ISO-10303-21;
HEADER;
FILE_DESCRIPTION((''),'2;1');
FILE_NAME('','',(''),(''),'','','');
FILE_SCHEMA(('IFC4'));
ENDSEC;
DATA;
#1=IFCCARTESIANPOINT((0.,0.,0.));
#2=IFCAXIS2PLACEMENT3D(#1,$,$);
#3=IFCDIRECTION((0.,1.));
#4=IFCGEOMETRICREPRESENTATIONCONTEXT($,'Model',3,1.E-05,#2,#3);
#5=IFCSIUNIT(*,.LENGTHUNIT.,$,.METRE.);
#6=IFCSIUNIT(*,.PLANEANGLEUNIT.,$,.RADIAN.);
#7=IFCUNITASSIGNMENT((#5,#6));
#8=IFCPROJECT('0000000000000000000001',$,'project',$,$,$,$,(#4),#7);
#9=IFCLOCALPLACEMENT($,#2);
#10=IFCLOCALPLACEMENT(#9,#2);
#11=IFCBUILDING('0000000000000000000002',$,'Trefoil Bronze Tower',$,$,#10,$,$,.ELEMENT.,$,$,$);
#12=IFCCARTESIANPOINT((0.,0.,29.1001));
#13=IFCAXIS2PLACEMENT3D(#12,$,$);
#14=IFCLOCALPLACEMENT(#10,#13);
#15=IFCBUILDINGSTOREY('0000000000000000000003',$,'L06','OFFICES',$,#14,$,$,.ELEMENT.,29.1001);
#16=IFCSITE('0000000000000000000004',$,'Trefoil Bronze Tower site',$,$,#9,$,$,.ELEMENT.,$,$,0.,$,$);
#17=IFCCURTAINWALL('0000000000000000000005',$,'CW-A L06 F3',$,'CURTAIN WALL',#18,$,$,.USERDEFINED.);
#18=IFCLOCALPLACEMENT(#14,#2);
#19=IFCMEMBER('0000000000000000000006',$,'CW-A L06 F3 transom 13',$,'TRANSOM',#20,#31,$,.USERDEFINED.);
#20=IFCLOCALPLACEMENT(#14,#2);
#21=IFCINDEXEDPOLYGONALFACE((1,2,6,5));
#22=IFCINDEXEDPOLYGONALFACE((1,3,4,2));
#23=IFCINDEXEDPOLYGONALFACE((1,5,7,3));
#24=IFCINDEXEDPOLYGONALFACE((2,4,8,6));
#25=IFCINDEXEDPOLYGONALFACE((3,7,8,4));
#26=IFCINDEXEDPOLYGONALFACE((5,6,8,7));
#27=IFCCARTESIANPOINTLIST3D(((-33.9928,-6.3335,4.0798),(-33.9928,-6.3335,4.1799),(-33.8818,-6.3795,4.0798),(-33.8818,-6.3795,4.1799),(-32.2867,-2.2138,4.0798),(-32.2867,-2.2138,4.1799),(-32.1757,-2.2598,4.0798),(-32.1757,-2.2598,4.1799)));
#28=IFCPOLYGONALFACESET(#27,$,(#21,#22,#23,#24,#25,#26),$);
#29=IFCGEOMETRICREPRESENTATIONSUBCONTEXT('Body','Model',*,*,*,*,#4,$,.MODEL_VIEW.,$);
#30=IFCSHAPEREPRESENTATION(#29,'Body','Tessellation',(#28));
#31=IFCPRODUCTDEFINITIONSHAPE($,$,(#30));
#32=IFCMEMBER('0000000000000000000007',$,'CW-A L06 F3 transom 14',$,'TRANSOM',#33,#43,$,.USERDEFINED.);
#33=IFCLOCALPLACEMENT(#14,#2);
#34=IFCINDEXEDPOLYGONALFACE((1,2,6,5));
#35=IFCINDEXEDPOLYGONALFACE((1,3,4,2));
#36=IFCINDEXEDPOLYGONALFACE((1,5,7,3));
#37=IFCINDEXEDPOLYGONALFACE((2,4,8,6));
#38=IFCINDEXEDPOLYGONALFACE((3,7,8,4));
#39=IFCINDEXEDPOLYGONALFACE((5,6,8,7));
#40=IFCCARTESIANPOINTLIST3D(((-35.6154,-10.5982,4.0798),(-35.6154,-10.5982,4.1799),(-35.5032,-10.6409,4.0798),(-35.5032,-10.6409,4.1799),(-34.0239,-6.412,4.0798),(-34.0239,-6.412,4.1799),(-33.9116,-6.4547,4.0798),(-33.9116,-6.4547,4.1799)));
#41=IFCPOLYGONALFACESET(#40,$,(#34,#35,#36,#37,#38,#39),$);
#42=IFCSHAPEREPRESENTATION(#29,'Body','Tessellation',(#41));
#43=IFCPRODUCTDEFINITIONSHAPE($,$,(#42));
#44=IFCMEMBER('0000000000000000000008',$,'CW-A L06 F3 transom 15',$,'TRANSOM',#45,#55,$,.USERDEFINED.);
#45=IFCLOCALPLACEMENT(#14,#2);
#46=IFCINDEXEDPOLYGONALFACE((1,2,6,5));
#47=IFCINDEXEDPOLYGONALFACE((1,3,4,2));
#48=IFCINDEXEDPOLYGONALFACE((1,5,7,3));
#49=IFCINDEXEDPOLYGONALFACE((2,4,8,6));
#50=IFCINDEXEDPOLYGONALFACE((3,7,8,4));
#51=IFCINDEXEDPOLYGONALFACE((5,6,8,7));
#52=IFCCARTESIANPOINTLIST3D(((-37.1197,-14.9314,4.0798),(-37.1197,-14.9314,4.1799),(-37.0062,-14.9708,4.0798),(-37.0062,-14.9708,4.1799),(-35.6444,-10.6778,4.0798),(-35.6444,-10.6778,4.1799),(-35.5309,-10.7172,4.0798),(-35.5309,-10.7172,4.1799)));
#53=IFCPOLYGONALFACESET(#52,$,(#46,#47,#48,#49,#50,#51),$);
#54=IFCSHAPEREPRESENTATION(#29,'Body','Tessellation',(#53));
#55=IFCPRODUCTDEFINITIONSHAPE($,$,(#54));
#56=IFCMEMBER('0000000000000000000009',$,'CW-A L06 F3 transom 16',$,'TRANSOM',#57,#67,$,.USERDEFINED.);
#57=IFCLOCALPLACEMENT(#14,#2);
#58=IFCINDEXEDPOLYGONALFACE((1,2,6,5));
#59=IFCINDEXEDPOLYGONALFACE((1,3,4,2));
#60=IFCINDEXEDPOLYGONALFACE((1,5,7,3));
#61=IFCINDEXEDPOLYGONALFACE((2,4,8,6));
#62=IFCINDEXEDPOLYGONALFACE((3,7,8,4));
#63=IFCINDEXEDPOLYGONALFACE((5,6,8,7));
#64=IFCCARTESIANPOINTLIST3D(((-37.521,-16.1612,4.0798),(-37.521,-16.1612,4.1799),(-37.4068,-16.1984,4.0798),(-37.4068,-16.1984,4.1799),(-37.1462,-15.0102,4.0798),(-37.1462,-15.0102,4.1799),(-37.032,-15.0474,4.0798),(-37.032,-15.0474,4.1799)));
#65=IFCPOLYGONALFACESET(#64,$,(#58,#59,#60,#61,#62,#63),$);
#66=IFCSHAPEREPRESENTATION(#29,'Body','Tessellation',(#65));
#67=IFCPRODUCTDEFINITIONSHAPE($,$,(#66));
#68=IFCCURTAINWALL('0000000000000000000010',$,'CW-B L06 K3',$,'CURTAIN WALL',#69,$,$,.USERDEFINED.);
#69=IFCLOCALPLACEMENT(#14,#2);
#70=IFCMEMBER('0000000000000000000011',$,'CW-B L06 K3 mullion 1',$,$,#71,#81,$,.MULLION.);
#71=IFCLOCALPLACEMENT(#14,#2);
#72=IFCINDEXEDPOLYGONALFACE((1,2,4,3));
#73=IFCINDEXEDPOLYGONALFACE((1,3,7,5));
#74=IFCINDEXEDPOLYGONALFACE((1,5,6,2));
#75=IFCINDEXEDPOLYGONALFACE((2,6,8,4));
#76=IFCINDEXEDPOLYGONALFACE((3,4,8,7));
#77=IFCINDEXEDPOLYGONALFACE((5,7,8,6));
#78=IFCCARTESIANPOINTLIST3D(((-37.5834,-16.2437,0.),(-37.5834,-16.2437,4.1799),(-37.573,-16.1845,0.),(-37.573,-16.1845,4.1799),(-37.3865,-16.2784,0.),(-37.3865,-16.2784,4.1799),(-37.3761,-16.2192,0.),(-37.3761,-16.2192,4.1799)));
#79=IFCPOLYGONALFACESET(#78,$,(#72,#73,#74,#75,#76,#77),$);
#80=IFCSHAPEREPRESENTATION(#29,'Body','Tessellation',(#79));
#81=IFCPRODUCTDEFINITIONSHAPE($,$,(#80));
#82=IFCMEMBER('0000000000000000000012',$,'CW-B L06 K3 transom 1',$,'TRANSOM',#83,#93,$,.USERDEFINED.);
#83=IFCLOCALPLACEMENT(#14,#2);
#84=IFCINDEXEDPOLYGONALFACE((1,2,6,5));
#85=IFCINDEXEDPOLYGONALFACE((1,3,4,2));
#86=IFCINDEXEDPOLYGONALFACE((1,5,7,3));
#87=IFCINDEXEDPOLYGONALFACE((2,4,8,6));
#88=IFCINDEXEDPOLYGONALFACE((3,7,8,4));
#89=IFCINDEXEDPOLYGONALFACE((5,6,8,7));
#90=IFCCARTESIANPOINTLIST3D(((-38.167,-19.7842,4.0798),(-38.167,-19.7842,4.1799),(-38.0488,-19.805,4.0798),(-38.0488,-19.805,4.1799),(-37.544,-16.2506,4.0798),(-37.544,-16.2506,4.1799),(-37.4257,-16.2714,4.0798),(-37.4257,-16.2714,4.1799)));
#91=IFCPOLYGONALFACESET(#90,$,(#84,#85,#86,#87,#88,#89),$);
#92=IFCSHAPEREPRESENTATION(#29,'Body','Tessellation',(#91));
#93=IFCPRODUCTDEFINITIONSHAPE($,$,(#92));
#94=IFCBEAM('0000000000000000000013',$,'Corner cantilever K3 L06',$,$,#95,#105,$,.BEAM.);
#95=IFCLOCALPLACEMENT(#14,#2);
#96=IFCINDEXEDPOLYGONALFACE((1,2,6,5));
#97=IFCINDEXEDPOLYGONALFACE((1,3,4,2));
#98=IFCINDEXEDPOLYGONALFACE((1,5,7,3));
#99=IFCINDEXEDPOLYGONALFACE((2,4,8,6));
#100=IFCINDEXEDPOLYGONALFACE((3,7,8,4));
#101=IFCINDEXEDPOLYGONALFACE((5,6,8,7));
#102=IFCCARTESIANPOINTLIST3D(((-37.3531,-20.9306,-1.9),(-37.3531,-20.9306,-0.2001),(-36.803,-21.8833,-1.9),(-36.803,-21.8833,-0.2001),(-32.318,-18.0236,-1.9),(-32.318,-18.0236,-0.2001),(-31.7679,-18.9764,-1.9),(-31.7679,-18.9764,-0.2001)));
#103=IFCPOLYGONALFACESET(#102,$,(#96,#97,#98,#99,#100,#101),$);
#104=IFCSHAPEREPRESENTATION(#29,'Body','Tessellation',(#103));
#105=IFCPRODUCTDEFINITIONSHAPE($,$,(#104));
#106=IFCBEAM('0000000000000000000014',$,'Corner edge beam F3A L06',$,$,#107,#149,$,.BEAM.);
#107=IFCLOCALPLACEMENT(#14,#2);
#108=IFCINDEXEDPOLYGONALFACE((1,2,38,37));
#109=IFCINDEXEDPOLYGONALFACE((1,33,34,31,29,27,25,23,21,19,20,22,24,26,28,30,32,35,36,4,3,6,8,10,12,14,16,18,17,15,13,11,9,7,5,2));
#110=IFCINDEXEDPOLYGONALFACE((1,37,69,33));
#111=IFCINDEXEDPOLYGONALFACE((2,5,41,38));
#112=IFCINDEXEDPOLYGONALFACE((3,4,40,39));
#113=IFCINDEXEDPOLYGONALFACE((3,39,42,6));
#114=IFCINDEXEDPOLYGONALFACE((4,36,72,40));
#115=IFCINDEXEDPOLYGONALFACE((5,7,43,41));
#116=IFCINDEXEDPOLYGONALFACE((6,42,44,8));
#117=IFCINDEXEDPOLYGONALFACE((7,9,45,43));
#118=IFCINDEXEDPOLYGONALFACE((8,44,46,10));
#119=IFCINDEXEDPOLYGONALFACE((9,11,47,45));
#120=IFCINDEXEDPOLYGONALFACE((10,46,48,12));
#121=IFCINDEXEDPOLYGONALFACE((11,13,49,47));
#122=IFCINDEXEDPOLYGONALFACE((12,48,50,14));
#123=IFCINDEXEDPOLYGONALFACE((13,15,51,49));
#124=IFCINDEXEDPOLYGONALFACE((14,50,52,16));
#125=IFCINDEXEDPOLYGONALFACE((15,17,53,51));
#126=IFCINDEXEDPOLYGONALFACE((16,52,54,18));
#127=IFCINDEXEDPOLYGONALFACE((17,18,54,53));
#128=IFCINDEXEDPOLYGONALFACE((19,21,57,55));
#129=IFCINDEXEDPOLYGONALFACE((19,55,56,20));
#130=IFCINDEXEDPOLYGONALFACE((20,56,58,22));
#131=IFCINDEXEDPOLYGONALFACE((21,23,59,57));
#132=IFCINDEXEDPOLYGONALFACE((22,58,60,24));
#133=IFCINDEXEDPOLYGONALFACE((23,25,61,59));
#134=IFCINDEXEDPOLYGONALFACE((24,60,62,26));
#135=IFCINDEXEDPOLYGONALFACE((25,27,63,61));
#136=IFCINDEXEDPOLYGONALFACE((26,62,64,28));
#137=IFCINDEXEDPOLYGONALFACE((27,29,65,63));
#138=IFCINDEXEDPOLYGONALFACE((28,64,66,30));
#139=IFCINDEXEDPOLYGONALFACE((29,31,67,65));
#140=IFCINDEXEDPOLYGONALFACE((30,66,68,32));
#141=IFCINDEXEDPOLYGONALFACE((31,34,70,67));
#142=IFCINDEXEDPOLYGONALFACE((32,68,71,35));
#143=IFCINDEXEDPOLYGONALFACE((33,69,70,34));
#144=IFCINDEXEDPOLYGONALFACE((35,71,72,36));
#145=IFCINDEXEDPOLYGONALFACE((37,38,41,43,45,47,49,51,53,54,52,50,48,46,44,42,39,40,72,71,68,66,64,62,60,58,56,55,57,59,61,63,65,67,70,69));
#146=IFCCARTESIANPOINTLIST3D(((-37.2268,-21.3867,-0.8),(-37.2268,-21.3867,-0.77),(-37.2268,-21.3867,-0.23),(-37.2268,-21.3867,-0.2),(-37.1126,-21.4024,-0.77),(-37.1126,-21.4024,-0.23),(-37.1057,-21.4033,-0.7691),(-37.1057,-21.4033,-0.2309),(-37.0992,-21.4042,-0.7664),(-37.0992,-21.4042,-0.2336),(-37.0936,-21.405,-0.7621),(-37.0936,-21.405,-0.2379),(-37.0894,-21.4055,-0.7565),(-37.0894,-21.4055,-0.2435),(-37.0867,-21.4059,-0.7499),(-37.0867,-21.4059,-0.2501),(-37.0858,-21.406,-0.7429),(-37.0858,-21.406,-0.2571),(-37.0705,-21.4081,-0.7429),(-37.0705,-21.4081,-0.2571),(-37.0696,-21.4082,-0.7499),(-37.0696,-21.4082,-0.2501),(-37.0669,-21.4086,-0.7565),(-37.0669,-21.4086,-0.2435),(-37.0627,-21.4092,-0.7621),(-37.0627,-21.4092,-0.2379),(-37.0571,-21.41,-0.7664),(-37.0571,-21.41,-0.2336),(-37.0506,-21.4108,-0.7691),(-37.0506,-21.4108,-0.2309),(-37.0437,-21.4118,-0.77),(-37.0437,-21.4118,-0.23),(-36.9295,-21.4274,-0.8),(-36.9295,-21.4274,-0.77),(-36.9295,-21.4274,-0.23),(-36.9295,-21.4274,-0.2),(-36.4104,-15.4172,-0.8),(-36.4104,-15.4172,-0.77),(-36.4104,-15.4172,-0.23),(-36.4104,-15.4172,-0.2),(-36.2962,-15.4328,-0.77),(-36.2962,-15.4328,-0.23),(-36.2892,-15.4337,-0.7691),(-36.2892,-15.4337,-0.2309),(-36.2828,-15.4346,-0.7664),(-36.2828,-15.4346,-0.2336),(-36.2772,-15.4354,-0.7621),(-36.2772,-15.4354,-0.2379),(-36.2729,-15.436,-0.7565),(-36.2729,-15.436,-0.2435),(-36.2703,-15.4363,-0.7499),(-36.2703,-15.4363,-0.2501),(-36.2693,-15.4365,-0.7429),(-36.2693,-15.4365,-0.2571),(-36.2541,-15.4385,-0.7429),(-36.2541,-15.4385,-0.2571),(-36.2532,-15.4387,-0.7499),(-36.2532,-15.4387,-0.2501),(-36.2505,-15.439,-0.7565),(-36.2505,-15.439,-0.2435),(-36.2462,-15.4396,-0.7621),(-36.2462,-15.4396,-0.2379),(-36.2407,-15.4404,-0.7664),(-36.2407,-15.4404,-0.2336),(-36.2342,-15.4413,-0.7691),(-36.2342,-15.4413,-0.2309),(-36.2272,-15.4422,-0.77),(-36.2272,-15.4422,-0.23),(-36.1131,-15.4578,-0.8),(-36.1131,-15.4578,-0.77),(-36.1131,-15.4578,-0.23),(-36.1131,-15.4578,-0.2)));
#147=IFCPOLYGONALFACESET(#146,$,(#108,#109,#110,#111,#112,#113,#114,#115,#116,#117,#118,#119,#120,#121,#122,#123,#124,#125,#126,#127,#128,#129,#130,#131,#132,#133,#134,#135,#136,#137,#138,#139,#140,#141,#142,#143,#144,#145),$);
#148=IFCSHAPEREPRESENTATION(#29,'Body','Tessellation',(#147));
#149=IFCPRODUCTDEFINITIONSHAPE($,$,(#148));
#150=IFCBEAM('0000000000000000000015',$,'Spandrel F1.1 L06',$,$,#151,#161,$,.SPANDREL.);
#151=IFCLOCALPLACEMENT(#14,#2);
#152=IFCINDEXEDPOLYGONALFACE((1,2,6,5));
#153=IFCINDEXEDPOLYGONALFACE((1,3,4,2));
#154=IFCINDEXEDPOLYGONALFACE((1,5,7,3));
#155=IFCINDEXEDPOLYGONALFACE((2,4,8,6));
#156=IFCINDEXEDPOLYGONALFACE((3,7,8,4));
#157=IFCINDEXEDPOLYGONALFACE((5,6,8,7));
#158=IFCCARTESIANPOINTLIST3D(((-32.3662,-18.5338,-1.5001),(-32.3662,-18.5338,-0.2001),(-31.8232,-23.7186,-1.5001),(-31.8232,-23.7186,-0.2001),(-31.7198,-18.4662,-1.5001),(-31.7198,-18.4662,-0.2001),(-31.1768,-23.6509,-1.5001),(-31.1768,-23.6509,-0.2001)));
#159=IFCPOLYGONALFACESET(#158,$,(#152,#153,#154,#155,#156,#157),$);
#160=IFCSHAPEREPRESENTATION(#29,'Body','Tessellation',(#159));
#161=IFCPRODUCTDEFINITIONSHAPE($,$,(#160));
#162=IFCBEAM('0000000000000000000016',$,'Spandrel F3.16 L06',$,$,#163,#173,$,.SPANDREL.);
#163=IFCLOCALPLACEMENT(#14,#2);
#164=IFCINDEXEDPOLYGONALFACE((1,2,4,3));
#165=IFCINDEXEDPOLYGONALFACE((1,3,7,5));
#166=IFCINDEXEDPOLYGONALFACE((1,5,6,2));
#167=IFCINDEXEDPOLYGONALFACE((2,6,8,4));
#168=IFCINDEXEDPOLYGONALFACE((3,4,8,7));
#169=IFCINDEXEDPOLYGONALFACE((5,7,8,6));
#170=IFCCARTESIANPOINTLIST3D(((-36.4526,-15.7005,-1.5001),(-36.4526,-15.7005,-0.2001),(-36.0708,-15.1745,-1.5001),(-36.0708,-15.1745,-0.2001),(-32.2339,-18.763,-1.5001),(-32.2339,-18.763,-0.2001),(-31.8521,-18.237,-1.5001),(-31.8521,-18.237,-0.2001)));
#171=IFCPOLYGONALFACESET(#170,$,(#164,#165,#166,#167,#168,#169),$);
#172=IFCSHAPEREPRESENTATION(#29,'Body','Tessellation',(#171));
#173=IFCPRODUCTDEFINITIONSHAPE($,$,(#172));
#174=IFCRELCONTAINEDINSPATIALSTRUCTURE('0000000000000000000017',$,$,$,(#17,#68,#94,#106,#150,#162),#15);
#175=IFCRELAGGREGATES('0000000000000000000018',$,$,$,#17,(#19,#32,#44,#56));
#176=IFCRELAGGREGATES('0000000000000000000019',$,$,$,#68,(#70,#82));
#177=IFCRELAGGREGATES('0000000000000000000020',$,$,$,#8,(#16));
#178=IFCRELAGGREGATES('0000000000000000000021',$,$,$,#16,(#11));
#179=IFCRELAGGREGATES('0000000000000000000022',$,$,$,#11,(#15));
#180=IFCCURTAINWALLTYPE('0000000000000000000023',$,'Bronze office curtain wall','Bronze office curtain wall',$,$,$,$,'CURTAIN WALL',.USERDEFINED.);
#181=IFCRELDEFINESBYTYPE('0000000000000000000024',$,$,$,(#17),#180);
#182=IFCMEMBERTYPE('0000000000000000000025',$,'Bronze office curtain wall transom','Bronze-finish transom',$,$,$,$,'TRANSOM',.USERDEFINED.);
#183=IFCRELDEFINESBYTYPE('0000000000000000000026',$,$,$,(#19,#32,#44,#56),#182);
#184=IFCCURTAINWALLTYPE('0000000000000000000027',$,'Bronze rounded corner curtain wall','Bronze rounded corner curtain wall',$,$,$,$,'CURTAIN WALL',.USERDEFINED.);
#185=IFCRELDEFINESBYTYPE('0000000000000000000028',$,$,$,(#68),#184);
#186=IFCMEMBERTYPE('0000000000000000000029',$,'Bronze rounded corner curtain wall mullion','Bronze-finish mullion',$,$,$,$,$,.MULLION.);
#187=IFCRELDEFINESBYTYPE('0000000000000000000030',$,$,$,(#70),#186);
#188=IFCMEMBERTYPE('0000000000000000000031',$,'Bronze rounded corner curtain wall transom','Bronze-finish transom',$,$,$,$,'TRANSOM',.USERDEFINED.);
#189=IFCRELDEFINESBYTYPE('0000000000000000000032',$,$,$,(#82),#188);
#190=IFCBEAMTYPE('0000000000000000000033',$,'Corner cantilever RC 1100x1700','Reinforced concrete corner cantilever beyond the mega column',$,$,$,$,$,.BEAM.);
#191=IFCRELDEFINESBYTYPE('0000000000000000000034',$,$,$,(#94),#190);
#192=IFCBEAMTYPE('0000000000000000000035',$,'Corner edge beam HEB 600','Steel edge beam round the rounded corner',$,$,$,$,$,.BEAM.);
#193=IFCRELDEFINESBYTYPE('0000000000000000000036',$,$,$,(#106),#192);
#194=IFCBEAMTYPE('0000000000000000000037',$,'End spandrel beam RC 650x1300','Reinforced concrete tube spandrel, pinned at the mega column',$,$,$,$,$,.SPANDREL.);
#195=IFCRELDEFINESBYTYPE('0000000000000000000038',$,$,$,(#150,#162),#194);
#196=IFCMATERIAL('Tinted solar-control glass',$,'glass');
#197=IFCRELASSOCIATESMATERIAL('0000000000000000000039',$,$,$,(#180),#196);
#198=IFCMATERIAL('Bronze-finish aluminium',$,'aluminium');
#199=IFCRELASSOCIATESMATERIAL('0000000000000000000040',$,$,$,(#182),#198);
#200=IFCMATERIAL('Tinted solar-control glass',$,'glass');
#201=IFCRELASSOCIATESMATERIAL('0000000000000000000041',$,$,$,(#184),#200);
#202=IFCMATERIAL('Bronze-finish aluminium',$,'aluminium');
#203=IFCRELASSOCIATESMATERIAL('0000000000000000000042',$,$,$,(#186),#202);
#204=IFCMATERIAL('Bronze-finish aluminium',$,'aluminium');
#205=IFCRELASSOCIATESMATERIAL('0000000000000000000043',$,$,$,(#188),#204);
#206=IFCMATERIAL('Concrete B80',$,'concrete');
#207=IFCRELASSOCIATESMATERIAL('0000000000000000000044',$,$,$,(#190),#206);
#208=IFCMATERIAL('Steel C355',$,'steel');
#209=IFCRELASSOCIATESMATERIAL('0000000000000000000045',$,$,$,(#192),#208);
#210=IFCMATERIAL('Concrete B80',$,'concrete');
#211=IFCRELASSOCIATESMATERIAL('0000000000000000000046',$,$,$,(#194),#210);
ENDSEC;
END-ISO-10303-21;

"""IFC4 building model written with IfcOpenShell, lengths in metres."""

from ifc_helpers import new_model, si_unit, direction, frame, origin, origin_2d, place, context, subcontext, project, spatial, rectangle, i_section, extrude, material, material_profile, profile_set, type_object, element, aggregate, save


model = new_model("IFC4")

# Units and contexts
model_context = context("Model", 3, precision=1e-05, world=origin(), true_north=direction((0.0, 1.0)))
body_context = subcontext(model_context, "Body", "Model", "MODEL_VIEW")
ifc_project = project(units=[si_unit("LENGTHUNIT", "METRE"), si_unit("PLANEANGLEUNIT", "RADIAN")], contexts=[model_context])

# Site, building, storey
site_placement = place(None, origin())
site = spatial("IfcSite", under=ifc_project, at=site_placement, Name="Trefoil Bronze Tower site", CompositionType="ELEMENT", RefElevation=0.0)
building_placement = place(site_placement, origin())
building = spatial("IfcBuilding", under=site, at=building_placement, Name="Trefoil Bronze Tower", CompositionType="ELEMENT")
storey_placement = place(building_placement, frame((0.0, 0.0, 29.1001)))
storey = spatial("IfcBuildingStorey", under=building, at=storey_placement, Name="L06", Description="OFFICES", CompositionType="ELEMENT", Elevation=29.1001)

# Curtain walls, members
ifc_material_1 = material(Name="Tinted solar-control glass", Category="glass")
curtain_wall_type_1 = type_object("IfcCurtainWallType", Name="Bronze office curtain wall", Description="Bronze office curtain wall", ElementType="CURTAIN WALL", PredefinedType="USERDEFINED", material=ifc_material_1)
curtain_wall_1_placement = place(storey_placement, origin())
curtain_wall_1 = element("IfcCurtainWall", 1, at=curtain_wall_1_placement, inside=storey, type_object=curtain_wall_type_1, Name="CW-A L06 F3", ObjectType="CURTAIN WALL", PredefinedType="USERDEFINED")
ifc_material_2 = material(Name="Bronze-finish aluminium", Category="aluminium")
ifc_material_profile_1 = material_profile(ifc_material_2, rectangle(XDim=0.1201, YDim=0.1001, at=origin_2d()), Name="CW-A transom")
ifc_profile_set_1 = profile_set([ifc_material_profile_1], Name="Bronze-finish aluminium")
member_type_1 = type_object("IfcMemberType", Name="Bronze office curtain wall transom", Description="Bronze-finish transom", ElementType="TRANSOM", PredefinedType="USERDEFINED", material=ifc_profile_set_1)
member_1_placement = place(storey_placement, frame((-32.2312, -2.2368, 4.1299), z_axis=(-0.382616, -0.923907, 0.0), x_axis=(0.923907, -0.382616, 0.0)))
member_1 = element("IfcMember", 2, at=member_1_placement, type_object=member_type_1, Name="CW-A L06 F3 transom 13", ObjectType="TRANSOM", PredefinedType="USERDEFINED", context=body_context, shape_type="SweptSolid", body=[
    extrude(rectangle(XDim=0.1201, YDim=0.1001, at=origin_2d()), origin(), (0.0, 0.0, 1.0), 4.459),
])
member_2_placement = place(storey_placement, frame((-33.9678, -6.4333, 4.1299), z_axis=(-0.355367, -0.934727, 0.0), x_axis=(0.934727, -0.355367, 0.0)))
member_2 = element("IfcMember", 3, at=member_2_placement, type_object=member_type_1, Name="CW-A L06 F3 transom 14", ObjectType="TRANSOM", PredefinedType="USERDEFINED", context=body_context, shape_type="SweptSolid", body=[
    extrude(rectangle(XDim=0.1201, YDim=0.1001, at=origin_2d()), origin(), (0.0, 0.0, 1.0), 4.4785),
])
member_3_placement = place(storey_placement, frame((-35.5876, -10.6975, 4.1299), z_axis=(-0.32769, -0.944785, 0.0), x_axis=(0.944785, -0.32769, 0.0)))
member_3 = element("IfcMember", 4, at=member_3_placement, type_object=member_type_1, Name="CW-A L06 F3 transom 15", ObjectType="TRANSOM", PredefinedType="USERDEFINED", context=body_context, shape_type="SweptSolid", body=[
    extrude(rectangle(XDim=0.1201, YDim=0.1001, at=origin_2d()), origin(), (0.0, 0.0, 1.0), 4.5022),
])
member_4_placement = place(storey_placement, frame((-37.0891, -15.0288, 4.1299), z_axis=(-0.309624, -0.950859, 0.0), x_axis=(0.950859, -0.309624, 0.0)))
member_4 = element("IfcMember", 5, at=member_4_placement, type_object=member_type_1, Name="CW-A L06 F3 transom 16", ObjectType="TRANSOM", PredefinedType="USERDEFINED", context=body_context, shape_type="SweptSolid", body=[
    extrude(rectangle(XDim=0.1201, YDim=0.1001, at=origin_2d()), origin(), (0.0, 0.0, 1.0), 1.2104),
])
ifc_material_3 = material(Name="Tinted solar-control glass", Category="glass")
curtain_wall_type_2 = type_object("IfcCurtainWallType", Name="Bronze rounded corner curtain wall", Description="Bronze rounded corner curtain wall", ElementType="CURTAIN WALL", PredefinedType="USERDEFINED", material=ifc_material_3)
curtain_wall_2_placement = place(storey_placement, origin())
curtain_wall_2 = element("IfcCurtainWall", 6, at=curtain_wall_2_placement, inside=storey, type_object=curtain_wall_type_2, Name="CW-B L06 K3", ObjectType="CURTAIN WALL", PredefinedType="USERDEFINED")
ifc_material_4 = material(Name="Bronze-finish aluminium", Category="aluminium")
ifc_material_profile_2 = material_profile(ifc_material_4, rectangle(XDim=0.2, YDim=0.0601, at=origin_2d()), Name="CW-B mullion")
ifc_profile_set_2 = profile_set([ifc_material_profile_2], Name="Bronze-finish aluminium")
member_type_2 = type_object("IfcMemberType", Name="Bronze rounded corner curtain wall mullion", Description="Bronze-finish mullion", PredefinedType="MULLION", material=ifc_profile_set_2)
member_5_placement = place(storey_placement, frame((-37.4797, -16.2314, 0.0), z_axis=(0.0, 0.0, 1.0), x_axis=(0.984808, -0.173648, 0.0)))
member_5 = element("IfcMember", 7, at=member_5_placement, type_object=member_type_2, Name="CW-B L06 K3 mullion 1", PredefinedType="MULLION", context=body_context, shape_type="SweptSolid", body=[
    extrude(rectangle(XDim=0.2, YDim=0.0601, at=origin_2d()), origin(), (0.0, 0.0, 1.0), 4.1799),
])
ifc_material_5 = material(Name="Bronze-finish aluminium", Category="aluminium")
ifc_material_profile_3 = material_profile(ifc_material_5, rectangle(XDim=0.1201, YDim=0.1001, at=origin_2d()), Name="CW-B transom")
ifc_profile_set_3 = profile_set([ifc_material_profile_3], Name="Bronze-finish aluminium")
member_type_3 = type_object("IfcMemberType", Name="Bronze rounded corner curtain wall transom", Description="Bronze-finish transom", ElementType="TRANSOM", PredefinedType="USERDEFINED", material=ifc_profile_set_3)
member_6_placement = place(storey_placement, frame((-37.4849, -16.261, 4.1299), z_axis=(-0.173638, -0.98481, 0.0), x_axis=(0.98481, -0.173638, 0.0)))
member_6 = element("IfcMember", 8, at=member_6_placement, type_object=member_type_3, Name="CW-B L06 K3 transom 1", ObjectType="TRANSOM", PredefinedType="USERDEFINED", context=body_context, shape_type="SweptSolid", body=[
    extrude(rectangle(XDim=0.1201, YDim=0.1001, at=origin_2d()), origin(), (0.0, 0.0, 1.0), 3.5881),
])

# Beams
ifc_material_6 = material(Name="Concrete B80", Category="concrete")
ifc_material_profile_4 = material_profile(ifc_material_6, rectangle(XDim=1.1001, YDim=1.7, at=origin_2d()), Name="RC 1100x1700")
ifc_profile_set_4 = profile_set([ifc_material_profile_4], Name="Concrete B80")
beam_type_1 = type_object("IfcBeamType", Name="Corner cantilever RC 1100x1700", Description="Reinforced concrete corner cantilever beyond the mega column", PredefinedType="BEAM", material=ifc_profile_set_4)
beam_1_placement = place(storey_placement, frame((-32.043, -18.5, -1.05), z_axis=(-0.86603, -0.499991, 0.0), x_axis=(0.499991, -0.86603, 0.0)))
element("IfcBeam", 9, at=beam_1_placement, inside=storey, type_object=beam_type_1, Name="Corner cantilever K3 L06", PredefinedType="BEAM", context=body_context, shape_type="SweptSolid", body=[
    extrude(rectangle(XDim=1.1001, YDim=1.7, at=origin_2d()), origin(), (0.0, 0.0, 1.0), 5.814),
])
ifc_material_7 = material(Name="Steel C355", Category="steel")
ifc_material_profile_5 = material_profile(ifc_material_7, i_section(OverallWidth=0.3, OverallDepth=0.6001, WebThickness=0.0154, FlangeThickness=0.03, FilletRadius=0.0271, at=origin_2d()), Name="HEB 600")
ifc_profile_set_5 = profile_set([ifc_material_profile_5], Name="Steel C355")
beam_type_2 = type_object("IfcBeamType", Name="Corner edge beam HEB 600", Description="Steel edge beam round the rounded corner", PredefinedType="BEAM", material=ifc_profile_set_5)
beam_2_placement = place(storey_placement, frame((-36.2617, -15.4375, -0.5), z_axis=(-0.135502, -0.990777, 0.0), x_axis=(0.990777, -0.135502, 0.0)))
element("IfcBeam", 10, at=beam_2_placement, inside=storey, type_object=beam_type_2, Name="Corner edge beam F3A L06", PredefinedType="BEAM", context=body_context, shape_type="SweptSolid", body=[
    extrude(i_section(OverallWidth=0.3, OverallDepth=0.6001, WebThickness=0.0154, FlangeThickness=0.03, FilletRadius=0.0271, at=origin_2d()), origin(), (0.0, 0.0, 1.0), 6.0251),
])
ifc_material_8 = material(Name="Concrete B80", Category="concrete")
ifc_material_profile_6 = material_profile(ifc_material_8, rectangle(XDim=0.6499, YDim=1.3, at=origin_2d()), Name="RC 650x1300")
ifc_profile_set_6 = profile_set([ifc_material_profile_6], Name="Concrete B80")
beam_type_3 = type_object("IfcBeamType", Name="End spandrel beam RC 650x1300", Description="Reinforced concrete tube spandrel, pinned at the mega column", PredefinedType="SPANDREL", material=ifc_profile_set_6)
for number, where, z_axis, x_axis, name in (
    (11, (-32.043, -18.5, -0.8501), (0.104153, -0.994561, 0.0), (0.994561, 0.104153, 0.0), "Spandrel F1.1 L06"),
    (12, (-36.2617, -15.4375, -0.8501), (0.809254, -0.587459, 0.0), (0.587459, 0.809254, 0.0), "Spandrel F3.16 L06"),
):
    element("IfcBeam", number, at=place(storey_placement, frame(where, z_axis=z_axis, x_axis=x_axis)), inside=storey, type_object=beam_type_3, Name=name, PredefinedType="SPANDREL", context=body_context, shape_type="SweptSolid", body=[
        extrude(rectangle(XDim=0.6499, YDim=1.3, at=origin_2d()), origin(), (0.0, 0.0, 1.0), 5.2131),
    ])

aggregate(curtain_wall_1, [member_1, member_2, member_3, member_4])
aggregate(curtain_wall_2, [member_5, member_6])

save(model, "model.ifc")
